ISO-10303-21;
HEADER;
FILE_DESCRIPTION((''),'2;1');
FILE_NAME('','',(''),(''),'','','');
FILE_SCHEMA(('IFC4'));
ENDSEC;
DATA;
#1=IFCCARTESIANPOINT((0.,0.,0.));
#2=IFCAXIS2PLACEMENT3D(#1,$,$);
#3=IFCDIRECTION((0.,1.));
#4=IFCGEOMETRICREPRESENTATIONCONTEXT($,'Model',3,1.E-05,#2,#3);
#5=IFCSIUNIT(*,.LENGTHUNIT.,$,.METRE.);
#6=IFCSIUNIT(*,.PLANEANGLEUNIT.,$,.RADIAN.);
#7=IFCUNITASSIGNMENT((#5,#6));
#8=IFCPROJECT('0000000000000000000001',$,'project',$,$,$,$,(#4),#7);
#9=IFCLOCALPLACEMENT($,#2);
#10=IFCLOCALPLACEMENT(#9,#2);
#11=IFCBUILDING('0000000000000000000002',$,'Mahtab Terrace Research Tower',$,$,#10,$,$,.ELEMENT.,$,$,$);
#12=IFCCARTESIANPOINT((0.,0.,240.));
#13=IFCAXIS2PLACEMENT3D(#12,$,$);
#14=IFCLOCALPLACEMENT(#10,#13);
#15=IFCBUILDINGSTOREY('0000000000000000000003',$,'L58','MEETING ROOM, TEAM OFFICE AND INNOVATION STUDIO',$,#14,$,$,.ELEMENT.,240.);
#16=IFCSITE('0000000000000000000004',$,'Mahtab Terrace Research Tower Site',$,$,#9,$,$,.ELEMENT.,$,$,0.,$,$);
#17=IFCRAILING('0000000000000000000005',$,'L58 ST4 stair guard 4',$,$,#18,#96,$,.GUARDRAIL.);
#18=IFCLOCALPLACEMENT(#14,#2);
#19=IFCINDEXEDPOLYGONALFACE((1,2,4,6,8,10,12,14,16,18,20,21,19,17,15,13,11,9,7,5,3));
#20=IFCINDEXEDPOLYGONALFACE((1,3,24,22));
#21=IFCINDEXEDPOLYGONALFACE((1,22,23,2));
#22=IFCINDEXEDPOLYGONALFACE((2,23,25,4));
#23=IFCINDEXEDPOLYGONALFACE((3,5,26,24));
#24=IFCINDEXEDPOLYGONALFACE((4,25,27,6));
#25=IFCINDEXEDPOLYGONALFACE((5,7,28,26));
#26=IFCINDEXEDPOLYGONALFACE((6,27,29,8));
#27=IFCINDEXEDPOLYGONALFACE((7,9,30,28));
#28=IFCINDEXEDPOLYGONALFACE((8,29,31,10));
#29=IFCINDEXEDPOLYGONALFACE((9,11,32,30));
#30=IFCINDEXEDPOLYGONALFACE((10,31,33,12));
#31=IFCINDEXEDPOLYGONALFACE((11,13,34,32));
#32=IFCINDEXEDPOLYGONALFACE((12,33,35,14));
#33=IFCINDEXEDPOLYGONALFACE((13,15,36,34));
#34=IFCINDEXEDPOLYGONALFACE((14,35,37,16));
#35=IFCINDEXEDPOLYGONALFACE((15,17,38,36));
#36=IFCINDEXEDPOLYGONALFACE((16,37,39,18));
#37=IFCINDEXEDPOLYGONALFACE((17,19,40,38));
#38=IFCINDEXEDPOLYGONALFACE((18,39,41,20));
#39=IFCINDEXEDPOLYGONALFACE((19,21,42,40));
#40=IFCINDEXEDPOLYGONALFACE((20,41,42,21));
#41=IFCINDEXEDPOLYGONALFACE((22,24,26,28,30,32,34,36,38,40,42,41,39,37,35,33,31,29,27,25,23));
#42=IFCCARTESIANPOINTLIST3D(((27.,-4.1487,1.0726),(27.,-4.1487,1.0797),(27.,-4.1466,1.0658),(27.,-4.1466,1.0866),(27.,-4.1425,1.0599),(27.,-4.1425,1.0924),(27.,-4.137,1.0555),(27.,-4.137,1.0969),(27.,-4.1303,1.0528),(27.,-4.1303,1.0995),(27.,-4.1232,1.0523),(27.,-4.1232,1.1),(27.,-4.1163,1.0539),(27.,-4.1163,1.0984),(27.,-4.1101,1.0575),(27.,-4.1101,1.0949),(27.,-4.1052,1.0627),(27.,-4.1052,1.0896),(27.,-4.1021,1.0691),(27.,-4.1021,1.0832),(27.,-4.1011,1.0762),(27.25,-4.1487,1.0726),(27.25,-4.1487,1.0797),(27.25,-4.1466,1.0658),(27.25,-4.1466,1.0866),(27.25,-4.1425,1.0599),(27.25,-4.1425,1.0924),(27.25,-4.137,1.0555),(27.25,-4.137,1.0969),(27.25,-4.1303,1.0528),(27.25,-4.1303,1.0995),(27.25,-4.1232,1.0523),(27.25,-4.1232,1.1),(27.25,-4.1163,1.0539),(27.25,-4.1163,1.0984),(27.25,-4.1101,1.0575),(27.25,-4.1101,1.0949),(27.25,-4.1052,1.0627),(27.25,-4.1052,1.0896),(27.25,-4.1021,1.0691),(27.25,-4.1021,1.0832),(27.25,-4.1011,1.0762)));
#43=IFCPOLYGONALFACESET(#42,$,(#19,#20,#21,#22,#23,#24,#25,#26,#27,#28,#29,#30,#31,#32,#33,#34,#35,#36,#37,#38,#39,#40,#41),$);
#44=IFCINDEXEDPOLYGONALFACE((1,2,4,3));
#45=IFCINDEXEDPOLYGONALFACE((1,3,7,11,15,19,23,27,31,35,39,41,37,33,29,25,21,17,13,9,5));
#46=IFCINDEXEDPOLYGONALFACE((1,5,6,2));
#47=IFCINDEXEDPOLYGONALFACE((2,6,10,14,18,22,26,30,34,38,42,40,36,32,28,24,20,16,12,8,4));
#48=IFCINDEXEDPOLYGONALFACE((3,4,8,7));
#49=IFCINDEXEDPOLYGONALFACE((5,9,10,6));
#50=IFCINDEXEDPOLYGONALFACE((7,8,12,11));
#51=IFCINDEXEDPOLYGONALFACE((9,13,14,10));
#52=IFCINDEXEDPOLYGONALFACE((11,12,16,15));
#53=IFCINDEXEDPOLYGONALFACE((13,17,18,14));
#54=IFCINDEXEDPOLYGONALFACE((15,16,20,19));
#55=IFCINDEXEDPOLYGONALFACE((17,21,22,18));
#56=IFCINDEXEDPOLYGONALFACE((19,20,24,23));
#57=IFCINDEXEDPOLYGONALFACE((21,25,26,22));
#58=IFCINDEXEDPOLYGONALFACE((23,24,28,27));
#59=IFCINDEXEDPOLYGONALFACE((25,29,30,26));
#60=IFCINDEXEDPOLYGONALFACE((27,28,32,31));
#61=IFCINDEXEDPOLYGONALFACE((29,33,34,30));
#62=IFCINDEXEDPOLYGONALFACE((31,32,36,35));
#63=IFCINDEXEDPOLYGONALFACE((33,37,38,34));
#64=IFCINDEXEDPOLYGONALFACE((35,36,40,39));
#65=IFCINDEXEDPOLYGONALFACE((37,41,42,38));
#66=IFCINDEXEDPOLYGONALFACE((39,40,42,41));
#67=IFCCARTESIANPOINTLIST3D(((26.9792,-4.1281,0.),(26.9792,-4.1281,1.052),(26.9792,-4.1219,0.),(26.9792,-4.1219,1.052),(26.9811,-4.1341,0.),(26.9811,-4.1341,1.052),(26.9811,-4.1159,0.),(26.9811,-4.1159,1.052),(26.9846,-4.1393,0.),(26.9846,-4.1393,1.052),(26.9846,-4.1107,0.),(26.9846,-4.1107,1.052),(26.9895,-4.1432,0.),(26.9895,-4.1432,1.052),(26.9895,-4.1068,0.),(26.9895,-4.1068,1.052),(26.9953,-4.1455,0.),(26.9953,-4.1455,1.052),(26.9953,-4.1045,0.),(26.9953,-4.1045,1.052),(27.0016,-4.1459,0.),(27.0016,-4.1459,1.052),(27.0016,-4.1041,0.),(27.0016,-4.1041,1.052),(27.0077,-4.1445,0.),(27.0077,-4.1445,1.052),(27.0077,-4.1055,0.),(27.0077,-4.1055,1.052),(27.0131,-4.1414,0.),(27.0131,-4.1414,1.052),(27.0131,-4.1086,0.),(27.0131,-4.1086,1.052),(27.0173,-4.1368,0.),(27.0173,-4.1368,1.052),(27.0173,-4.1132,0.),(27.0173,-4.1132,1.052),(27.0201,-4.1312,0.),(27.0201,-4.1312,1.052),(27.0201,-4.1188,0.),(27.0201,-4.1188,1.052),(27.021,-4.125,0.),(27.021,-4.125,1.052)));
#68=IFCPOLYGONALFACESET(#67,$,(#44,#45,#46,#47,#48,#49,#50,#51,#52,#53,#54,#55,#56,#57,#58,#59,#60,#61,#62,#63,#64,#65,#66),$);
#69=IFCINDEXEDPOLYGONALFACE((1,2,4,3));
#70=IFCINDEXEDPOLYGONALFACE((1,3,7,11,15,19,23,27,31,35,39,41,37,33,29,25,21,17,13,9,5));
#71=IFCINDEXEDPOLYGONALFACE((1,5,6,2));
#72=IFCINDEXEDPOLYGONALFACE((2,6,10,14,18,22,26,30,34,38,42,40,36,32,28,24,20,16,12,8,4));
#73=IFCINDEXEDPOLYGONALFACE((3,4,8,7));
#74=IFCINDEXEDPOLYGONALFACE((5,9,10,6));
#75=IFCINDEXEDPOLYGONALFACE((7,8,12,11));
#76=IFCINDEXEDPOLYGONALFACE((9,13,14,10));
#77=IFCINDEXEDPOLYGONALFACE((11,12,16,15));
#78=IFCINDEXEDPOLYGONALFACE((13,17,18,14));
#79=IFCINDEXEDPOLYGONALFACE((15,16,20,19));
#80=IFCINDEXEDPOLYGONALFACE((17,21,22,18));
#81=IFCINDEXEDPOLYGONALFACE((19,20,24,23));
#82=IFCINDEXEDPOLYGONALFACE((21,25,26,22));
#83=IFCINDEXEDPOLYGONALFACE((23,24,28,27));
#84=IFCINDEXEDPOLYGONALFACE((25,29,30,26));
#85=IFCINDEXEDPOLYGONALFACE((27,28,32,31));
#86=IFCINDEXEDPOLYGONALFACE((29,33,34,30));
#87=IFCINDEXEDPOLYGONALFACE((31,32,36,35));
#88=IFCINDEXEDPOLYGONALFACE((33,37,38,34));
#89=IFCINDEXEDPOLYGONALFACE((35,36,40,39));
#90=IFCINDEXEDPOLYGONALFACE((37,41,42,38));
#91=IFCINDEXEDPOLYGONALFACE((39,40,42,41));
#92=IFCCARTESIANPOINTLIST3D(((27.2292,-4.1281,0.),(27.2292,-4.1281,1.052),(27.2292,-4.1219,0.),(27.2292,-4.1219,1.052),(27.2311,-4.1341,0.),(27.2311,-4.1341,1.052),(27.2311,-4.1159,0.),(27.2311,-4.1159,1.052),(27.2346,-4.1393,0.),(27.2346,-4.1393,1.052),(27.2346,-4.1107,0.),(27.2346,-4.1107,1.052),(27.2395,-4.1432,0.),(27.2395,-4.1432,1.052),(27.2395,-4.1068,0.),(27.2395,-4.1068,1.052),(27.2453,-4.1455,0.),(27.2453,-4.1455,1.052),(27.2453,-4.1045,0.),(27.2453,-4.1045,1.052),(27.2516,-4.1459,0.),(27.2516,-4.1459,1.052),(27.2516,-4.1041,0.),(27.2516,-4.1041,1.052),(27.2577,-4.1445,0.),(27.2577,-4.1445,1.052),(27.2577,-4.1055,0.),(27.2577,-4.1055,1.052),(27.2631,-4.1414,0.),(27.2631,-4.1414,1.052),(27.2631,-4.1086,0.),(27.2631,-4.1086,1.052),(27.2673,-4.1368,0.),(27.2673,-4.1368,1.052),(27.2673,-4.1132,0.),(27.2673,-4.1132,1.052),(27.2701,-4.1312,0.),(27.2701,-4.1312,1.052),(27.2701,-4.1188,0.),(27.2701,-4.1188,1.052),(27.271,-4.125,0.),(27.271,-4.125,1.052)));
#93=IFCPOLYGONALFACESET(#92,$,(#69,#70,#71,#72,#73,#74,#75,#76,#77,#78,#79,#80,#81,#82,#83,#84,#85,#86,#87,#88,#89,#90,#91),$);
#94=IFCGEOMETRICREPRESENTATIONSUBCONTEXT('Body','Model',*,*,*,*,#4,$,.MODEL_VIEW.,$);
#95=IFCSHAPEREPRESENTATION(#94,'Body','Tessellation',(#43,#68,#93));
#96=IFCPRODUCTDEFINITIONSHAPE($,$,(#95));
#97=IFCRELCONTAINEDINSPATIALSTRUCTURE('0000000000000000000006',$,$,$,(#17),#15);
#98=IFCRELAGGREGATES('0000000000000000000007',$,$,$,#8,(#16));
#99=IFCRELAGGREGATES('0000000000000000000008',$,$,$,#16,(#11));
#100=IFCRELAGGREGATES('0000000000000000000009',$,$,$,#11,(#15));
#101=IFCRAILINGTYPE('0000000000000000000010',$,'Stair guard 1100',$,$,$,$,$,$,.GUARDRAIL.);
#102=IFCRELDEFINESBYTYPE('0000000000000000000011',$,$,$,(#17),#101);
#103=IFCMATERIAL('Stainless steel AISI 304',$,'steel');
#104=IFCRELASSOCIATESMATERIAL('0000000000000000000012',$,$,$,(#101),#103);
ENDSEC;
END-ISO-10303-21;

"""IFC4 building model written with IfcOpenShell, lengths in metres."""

from ifc_helpers import new_model, si_unit, direction, frame, origin, origin_2d, place, context, subcontext, project, spatial, circle, extrude, material, type_object, element, save


model = new_model("IFC4")

# Units and contexts
model_context = context("Model", 3, precision=1e-05, world=origin(), true_north=direction((0.0, 1.0)))
body_context = subcontext(model_context, "Body", "Model", "MODEL_VIEW")
ifc_project = project(units=[si_unit("LENGTHUNIT", "METRE"), si_unit("PLANEANGLEUNIT", "RADIAN")], contexts=[model_context])

# Site, building, storey
site_placement = place(None, origin())
site = spatial("IfcSite", under=ifc_project, at=site_placement, Name="Mahtab Terrace Research Tower Site", CompositionType="ELEMENT", RefElevation=0.0)
building_placement = place(site_placement, origin())
building = spatial("IfcBuilding", under=site, at=building_placement, Name="Mahtab Terrace Research Tower", CompositionType="ELEMENT")
storey_placement = place(building_placement, frame((0.0, 0.0, 240.0)))
storey = spatial("IfcBuildingStorey", under=building, at=storey_placement, Name="L58", Description="MEETING ROOM, TEAM OFFICE AND INNOVATION STUDIO", CompositionType="ELEMENT", Elevation=240.0)

# Railing
ifc_material_1 = material(Name="Stainless steel AISI 304", Category="steel")
railing_type_1 = type_object("IfcRailingType", Name="Stair guard 1100", PredefinedType="GUARDRAIL", material=ifc_material_1)
railing_1_placement = place(storey_placement, frame((27.0, -4.125, 0.0)))
element("IfcRailing", 1, at=railing_1_placement, inside=storey, type_object=railing_type_1, Name="L58 ST4 stair guard 4", PredefinedType="GUARDRAIL", context=body_context, shape_type="SweptSolid", body=[
    extrude(circle(Radius=0.0239, at=origin_2d()), frame((0.0, 0.0, 1.0762), z_axis=(1.0, 0.0, 0.0), x_axis=(0.0, 1.0, 0.0)), (0.0, 0.0, 1.0), 0.25),
    extrude(circle(Radius=0.021, at=origin_2d()), origin(), (0.0, 0.0, 1.0), 1.052),
    extrude(circle(Radius=0.021, at=origin_2d()), frame((0.25, 0.0, 0.0)), (0.0, 0.0, 1.0), 1.052),
])

save(model, "model.ifc")
